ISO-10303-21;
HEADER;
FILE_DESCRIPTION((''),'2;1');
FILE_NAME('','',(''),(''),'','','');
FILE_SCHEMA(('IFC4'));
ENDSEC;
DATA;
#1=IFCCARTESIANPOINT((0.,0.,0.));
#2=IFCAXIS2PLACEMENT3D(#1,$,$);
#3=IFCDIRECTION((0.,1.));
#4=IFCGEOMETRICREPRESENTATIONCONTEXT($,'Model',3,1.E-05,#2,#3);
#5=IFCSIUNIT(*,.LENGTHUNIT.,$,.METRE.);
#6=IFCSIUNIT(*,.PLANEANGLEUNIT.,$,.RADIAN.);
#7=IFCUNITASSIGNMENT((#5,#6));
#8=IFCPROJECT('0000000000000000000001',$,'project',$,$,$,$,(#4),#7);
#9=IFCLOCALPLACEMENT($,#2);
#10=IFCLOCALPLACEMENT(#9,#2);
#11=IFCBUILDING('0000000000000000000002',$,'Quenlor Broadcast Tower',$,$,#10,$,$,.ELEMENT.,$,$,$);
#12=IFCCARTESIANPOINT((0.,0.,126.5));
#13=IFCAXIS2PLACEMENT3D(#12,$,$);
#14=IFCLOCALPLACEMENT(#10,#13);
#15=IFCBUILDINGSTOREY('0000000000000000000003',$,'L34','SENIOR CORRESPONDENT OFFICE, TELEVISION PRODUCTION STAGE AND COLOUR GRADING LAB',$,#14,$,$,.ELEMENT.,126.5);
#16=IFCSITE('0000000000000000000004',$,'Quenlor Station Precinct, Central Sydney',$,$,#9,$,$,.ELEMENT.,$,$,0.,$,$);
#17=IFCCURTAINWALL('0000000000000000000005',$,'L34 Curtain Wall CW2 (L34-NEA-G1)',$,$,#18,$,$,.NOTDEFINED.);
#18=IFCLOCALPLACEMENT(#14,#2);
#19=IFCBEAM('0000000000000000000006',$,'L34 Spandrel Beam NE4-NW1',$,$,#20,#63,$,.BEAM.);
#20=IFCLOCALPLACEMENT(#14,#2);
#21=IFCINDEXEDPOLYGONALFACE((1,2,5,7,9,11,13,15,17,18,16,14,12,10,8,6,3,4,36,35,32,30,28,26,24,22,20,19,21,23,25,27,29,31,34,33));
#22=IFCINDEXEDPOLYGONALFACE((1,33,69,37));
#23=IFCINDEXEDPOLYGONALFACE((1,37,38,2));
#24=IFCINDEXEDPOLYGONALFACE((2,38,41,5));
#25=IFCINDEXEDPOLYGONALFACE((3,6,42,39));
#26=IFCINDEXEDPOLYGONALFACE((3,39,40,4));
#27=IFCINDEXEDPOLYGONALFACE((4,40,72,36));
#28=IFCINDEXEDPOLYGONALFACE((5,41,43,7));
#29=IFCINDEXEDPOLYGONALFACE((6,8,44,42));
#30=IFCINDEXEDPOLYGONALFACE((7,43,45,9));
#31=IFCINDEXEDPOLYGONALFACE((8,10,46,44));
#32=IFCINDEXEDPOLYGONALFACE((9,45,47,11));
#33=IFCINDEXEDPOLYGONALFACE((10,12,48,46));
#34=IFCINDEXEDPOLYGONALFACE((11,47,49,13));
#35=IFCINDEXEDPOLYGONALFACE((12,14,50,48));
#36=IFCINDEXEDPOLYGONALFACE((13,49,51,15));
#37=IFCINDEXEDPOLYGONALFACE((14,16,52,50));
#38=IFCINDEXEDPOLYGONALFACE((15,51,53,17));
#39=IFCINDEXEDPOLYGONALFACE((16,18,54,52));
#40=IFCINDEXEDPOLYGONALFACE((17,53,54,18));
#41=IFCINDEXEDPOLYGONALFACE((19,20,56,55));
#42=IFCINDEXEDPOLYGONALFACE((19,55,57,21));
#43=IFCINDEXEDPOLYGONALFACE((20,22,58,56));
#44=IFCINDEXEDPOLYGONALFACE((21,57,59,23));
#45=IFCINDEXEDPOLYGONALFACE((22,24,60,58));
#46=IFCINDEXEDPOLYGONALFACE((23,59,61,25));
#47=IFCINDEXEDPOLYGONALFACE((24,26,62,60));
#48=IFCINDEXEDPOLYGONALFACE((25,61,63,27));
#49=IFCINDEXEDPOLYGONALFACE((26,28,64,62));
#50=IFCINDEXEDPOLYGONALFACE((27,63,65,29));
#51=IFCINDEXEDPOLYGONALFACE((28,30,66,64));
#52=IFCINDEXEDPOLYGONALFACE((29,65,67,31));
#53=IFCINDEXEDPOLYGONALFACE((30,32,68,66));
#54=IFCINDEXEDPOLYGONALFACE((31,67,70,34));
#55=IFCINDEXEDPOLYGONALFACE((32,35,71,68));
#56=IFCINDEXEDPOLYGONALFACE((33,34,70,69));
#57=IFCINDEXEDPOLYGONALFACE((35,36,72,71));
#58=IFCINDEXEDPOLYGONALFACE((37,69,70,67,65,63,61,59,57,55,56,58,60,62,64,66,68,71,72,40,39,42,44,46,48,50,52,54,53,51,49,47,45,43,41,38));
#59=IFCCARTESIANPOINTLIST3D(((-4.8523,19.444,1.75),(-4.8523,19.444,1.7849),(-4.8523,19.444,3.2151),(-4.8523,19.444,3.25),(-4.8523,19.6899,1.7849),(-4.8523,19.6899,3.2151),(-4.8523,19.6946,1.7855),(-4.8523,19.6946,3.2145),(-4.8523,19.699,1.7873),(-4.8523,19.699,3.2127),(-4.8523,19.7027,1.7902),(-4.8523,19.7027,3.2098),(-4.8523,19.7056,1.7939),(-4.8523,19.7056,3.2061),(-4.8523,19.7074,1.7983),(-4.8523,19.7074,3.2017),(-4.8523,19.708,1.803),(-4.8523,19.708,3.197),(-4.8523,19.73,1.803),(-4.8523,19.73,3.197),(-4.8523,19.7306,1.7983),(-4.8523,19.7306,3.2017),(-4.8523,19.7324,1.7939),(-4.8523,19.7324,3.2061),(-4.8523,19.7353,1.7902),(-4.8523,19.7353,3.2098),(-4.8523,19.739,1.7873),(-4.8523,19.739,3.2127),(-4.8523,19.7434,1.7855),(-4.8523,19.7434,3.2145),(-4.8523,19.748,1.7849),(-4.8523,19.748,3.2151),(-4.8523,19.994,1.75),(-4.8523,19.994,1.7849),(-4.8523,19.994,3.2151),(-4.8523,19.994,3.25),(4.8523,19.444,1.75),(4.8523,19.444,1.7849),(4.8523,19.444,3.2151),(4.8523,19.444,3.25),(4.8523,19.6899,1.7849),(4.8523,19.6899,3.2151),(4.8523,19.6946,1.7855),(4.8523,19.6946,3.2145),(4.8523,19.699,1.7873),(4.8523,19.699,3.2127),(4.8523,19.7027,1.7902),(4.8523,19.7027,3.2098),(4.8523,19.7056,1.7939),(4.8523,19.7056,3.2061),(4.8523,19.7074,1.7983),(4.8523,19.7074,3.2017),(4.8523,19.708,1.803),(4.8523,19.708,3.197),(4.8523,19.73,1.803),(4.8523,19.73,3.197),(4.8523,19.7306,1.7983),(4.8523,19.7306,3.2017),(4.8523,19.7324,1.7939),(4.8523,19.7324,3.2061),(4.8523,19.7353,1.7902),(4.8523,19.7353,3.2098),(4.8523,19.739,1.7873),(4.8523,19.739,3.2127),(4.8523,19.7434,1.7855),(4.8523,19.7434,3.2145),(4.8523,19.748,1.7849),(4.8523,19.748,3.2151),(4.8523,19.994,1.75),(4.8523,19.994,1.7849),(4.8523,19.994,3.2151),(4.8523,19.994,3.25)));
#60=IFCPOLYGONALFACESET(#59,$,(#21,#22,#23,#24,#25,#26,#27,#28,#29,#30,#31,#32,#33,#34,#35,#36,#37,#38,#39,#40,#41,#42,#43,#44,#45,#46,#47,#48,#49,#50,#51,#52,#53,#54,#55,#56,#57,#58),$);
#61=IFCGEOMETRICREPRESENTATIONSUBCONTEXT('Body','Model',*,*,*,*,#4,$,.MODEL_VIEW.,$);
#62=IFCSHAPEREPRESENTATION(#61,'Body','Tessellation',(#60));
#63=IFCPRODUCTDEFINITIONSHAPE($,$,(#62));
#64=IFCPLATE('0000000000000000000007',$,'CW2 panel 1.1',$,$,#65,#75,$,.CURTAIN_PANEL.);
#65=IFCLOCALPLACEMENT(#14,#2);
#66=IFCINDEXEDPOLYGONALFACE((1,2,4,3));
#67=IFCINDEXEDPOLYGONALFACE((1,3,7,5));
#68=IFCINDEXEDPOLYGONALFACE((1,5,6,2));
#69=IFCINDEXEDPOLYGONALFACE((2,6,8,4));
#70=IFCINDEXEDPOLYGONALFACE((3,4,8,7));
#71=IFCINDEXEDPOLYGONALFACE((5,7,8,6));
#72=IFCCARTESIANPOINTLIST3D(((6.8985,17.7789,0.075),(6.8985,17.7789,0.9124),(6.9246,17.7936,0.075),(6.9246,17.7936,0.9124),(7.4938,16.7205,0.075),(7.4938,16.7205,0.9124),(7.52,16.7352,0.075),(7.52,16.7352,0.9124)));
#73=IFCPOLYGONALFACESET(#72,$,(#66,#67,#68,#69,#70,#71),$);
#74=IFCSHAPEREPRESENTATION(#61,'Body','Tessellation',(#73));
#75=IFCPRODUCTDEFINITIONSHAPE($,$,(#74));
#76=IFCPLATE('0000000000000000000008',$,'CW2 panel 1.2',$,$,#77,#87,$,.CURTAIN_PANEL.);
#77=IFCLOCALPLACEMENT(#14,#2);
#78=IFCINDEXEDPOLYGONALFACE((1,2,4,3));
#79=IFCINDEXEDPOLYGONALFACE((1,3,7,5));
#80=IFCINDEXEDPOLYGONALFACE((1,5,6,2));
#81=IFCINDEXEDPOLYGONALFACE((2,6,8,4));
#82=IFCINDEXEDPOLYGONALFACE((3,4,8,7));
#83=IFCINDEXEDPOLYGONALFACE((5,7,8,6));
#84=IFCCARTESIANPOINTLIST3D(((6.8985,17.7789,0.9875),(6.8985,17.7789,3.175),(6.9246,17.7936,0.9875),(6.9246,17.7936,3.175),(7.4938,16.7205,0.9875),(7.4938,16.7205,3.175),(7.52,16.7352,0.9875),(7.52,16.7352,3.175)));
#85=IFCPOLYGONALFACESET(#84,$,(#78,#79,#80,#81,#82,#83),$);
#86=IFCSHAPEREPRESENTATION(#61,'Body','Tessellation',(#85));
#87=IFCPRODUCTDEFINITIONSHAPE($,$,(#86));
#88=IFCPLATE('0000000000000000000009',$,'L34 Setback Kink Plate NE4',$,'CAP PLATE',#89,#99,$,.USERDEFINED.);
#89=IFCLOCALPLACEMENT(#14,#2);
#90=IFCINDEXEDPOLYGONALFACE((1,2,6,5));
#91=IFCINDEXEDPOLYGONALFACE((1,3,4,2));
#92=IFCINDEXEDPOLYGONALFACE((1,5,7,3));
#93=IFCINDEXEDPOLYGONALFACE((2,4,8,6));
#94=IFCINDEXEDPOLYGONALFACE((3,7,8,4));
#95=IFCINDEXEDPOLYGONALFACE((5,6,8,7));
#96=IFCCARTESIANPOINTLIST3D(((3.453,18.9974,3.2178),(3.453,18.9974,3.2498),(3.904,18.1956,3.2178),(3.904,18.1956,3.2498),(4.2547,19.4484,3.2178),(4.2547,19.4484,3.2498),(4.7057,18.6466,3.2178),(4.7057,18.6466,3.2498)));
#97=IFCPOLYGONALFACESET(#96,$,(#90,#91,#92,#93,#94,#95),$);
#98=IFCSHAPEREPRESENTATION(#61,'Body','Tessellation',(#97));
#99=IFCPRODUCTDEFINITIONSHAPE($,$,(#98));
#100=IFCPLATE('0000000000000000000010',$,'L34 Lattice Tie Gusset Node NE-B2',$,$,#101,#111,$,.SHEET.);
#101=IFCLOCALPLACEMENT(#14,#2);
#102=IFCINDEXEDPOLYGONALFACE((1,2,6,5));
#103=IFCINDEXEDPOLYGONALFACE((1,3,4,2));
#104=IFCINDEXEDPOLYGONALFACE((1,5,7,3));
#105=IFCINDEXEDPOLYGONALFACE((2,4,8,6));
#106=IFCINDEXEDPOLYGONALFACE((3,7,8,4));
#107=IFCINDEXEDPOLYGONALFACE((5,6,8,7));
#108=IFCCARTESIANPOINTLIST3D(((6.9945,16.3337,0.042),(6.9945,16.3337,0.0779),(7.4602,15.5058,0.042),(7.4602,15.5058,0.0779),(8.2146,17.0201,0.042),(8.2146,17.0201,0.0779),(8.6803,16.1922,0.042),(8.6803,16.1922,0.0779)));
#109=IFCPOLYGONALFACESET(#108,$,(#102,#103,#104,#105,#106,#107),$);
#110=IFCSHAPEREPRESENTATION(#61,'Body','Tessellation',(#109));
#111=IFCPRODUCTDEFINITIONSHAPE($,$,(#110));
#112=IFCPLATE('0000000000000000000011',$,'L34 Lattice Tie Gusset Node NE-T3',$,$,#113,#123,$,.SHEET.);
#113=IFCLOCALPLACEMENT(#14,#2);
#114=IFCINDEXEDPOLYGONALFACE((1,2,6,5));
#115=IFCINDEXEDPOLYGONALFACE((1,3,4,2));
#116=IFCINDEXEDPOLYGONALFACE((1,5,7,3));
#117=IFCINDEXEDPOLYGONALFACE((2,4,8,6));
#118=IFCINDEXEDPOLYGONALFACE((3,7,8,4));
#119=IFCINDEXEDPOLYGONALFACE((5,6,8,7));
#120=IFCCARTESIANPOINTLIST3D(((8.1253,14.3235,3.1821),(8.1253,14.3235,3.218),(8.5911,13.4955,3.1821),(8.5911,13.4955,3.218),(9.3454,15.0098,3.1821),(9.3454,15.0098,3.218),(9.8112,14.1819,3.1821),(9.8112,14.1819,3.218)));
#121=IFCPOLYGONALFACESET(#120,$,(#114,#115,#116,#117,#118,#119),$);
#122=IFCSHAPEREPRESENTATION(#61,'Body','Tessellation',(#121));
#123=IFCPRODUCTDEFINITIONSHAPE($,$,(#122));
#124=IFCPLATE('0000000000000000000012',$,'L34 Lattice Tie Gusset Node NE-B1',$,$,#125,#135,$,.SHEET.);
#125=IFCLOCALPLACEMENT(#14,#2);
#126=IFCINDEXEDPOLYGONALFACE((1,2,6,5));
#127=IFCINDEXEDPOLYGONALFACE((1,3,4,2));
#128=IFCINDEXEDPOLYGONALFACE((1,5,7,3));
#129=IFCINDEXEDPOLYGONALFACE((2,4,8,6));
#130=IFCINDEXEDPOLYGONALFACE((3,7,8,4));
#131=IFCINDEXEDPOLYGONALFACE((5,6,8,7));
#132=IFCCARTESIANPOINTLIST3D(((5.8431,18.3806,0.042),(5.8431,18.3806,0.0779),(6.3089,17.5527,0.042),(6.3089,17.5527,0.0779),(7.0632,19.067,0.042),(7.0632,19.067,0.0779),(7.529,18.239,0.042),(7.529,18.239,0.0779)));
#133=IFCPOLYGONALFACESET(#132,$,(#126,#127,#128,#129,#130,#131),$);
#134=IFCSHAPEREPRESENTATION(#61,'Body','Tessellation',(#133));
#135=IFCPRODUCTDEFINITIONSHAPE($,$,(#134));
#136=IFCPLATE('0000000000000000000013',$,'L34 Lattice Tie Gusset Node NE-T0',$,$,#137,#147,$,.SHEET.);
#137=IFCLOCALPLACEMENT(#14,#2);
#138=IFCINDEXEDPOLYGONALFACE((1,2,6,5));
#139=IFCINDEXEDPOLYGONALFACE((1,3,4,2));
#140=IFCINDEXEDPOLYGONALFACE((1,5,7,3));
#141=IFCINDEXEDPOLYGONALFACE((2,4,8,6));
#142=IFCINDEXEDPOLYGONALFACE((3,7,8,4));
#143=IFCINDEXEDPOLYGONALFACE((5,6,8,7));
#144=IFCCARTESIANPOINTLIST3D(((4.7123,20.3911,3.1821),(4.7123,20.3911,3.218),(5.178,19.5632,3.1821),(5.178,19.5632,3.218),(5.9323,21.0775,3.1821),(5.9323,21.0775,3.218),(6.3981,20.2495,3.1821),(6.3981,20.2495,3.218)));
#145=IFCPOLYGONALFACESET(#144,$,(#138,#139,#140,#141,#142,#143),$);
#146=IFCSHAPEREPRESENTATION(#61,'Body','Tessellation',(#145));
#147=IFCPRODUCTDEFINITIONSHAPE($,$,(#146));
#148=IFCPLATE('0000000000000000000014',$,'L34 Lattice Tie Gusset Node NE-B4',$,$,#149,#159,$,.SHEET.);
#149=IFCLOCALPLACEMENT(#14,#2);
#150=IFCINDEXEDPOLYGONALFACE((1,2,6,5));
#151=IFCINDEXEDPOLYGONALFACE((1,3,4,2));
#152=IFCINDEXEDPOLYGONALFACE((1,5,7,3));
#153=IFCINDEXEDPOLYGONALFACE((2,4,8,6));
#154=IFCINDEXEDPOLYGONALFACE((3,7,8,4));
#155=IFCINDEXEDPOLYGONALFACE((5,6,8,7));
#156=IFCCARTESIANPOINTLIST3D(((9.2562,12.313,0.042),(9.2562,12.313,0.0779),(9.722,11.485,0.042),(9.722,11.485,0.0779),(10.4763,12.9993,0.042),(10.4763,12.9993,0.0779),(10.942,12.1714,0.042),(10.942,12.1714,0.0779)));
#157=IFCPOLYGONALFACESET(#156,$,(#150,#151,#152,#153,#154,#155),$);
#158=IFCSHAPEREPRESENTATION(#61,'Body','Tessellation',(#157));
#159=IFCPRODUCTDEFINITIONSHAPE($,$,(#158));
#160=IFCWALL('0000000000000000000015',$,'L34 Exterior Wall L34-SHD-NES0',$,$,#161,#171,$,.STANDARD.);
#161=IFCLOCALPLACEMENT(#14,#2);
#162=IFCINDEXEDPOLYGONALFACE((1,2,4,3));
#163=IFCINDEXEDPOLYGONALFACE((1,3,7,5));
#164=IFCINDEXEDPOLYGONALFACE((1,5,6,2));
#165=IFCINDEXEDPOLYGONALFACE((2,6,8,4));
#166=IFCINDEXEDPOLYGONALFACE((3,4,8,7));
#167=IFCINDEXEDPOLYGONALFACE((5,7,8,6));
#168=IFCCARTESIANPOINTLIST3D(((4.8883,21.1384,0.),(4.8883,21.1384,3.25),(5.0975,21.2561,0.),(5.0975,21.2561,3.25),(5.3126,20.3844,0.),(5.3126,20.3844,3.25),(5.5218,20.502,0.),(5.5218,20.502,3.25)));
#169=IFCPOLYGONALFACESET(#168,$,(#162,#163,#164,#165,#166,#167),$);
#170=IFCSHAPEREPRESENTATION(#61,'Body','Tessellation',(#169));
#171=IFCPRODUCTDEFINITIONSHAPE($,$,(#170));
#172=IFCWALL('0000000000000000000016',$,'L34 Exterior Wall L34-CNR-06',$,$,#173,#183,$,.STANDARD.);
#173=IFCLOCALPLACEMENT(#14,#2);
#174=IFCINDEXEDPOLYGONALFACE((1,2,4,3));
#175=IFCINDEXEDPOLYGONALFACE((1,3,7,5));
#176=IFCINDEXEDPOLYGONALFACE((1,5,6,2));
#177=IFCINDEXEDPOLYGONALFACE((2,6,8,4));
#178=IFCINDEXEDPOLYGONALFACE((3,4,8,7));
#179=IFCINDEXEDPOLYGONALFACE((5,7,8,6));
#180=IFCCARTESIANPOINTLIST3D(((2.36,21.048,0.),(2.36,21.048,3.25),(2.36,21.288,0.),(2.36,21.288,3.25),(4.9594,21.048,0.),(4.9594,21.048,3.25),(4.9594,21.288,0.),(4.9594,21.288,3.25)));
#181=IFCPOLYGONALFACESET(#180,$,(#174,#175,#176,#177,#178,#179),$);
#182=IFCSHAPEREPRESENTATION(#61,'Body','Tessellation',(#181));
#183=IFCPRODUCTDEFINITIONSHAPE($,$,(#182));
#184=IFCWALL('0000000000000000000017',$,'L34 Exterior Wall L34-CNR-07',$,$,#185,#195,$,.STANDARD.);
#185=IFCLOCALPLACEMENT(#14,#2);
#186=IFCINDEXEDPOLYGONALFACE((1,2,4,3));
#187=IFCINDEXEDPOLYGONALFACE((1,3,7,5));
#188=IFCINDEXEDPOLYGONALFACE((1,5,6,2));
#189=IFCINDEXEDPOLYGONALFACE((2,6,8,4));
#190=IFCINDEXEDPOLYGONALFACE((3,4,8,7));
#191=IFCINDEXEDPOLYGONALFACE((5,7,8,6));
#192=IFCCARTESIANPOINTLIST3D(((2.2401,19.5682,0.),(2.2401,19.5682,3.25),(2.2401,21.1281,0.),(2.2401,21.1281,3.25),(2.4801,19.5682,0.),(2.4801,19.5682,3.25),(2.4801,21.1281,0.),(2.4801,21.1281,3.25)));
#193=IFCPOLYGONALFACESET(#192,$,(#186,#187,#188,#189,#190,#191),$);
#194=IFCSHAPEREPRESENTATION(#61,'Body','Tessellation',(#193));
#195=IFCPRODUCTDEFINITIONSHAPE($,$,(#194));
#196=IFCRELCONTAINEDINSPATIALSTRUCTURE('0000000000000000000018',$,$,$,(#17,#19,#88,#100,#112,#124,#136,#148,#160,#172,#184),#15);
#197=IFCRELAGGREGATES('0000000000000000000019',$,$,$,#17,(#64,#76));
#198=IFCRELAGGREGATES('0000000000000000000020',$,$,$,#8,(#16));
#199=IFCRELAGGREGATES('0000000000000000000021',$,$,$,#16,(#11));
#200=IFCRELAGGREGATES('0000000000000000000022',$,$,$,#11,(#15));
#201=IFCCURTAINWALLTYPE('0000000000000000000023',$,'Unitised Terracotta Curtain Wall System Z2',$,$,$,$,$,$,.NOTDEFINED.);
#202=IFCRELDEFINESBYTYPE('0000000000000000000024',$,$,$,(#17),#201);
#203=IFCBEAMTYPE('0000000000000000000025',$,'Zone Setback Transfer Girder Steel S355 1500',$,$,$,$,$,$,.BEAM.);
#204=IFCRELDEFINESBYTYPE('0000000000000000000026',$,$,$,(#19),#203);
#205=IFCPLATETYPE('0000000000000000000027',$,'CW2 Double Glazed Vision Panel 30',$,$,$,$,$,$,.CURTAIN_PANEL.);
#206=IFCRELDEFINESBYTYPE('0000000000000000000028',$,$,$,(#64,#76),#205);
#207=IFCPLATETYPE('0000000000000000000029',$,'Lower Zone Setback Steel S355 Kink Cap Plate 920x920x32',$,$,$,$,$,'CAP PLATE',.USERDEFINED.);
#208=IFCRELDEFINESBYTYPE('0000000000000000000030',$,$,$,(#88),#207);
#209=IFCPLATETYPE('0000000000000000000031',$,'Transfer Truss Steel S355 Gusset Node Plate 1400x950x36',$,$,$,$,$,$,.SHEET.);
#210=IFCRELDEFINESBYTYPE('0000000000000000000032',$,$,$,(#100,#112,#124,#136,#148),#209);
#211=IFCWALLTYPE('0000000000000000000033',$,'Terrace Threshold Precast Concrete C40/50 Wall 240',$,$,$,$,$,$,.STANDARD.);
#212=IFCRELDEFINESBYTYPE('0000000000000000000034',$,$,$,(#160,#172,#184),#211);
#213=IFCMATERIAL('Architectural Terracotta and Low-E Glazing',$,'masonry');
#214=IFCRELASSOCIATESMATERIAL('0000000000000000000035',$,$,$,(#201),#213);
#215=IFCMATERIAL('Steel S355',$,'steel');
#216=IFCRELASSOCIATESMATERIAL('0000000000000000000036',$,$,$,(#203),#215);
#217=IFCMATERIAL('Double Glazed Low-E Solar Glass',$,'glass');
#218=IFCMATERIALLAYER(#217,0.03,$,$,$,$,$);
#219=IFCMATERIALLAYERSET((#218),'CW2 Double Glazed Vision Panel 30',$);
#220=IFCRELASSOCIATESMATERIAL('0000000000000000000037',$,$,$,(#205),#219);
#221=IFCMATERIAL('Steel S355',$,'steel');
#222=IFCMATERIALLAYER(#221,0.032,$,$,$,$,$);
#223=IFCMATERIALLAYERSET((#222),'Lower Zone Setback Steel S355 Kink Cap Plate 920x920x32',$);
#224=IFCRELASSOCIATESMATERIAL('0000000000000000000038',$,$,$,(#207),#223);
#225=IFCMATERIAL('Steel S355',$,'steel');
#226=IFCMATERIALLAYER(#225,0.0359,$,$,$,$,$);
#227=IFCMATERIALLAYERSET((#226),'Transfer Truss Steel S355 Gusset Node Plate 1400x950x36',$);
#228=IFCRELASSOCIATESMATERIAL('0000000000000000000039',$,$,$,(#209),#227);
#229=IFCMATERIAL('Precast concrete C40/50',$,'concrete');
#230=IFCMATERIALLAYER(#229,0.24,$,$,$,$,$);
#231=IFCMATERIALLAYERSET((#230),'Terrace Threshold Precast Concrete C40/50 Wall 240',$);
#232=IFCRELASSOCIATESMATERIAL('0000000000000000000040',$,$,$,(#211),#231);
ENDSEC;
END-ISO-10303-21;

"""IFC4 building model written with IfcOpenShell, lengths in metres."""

from ifc_helpers import new_model, si_unit, direction, frame, frame_2d, origin, origin_2d, place, context, subcontext, project, spatial, rectangle, i_section, extrude, material, layer, layer_set, material_profile, profile_set, type_object, element, aggregate, save


model = new_model("IFC4")

# Units and contexts
model_context = context("Model", 3, precision=1e-05, world=origin(), true_north=direction((0.0, 1.0)))
body_context = subcontext(model_context, "Body", "Model", "MODEL_VIEW")
ifc_project = project(units=[si_unit("LENGTHUNIT", "METRE"), si_unit("PLANEANGLEUNIT", "RADIAN")], contexts=[model_context])

# Site, building, storey
site_placement = place(None, origin())
site = spatial("IfcSite", under=ifc_project, at=site_placement, Name="Quenlor Station Precinct, Central Sydney", CompositionType="ELEMENT", RefElevation=0.0)
building_placement = place(site_placement, origin())
building = spatial("IfcBuilding", under=site, at=building_placement, Name="Quenlor Broadcast Tower", CompositionType="ELEMENT")
storey_placement = place(building_placement, frame((0.0, 0.0, 126.5)))
storey = spatial("IfcBuildingStorey", under=building, at=storey_placement, Name="L34", Description="SENIOR CORRESPONDENT OFFICE, TELEVISION PRODUCTION STAGE AND COLOUR GRADING LAB", CompositionType="ELEMENT", Elevation=126.5)

# Curtain wall
ifc_material_1 = material(Name="Architectural Terracotta and Low-E Glazing", Category="masonry")
curtain_wall_type = type_object("IfcCurtainWallType", Name="Unitised Terracotta Curtain Wall System Z2", PredefinedType="NOTDEFINED", material=ifc_material_1)
curtain_wall_1_placement = place(storey_placement, origin())
curtain_wall_1 = element("IfcCurtainWall", 1, at=curtain_wall_1_placement, inside=storey, type_object=curtain_wall_type, Name="L34 Curtain Wall CW2 (L34-NEA-G1)", PredefinedType="NOTDEFINED")

# Beam
ifc_material_2 = material(Name="Steel S355", Category="steel")
ifc_material_profile_1 = material_profile(ifc_material_2, i_section(OverallWidth=0.55, OverallDepth=1.5, WebThickness=0.022, FlangeThickness=0.0349, FilletRadius=0.0181, at=origin_2d()))
ifc_profile_set_1 = profile_set([ifc_material_profile_1], Name="Steel S355 1500TG510")
beam_type_1 = type_object("IfcBeamType", Name="Zone Setback Transfer Girder Steel S355 1500", PredefinedType="BEAM", material=ifc_profile_set_1)
beam_1_placement = place(storey_placement, frame((4.8523, 19.719, 2.5), z_axis=(-1.0, 0.0, 0.0), x_axis=(0.0, -1.0, 0.0)))
element("IfcBeam", 2, at=beam_1_placement, inside=storey, type_object=beam_type_1, Name="L34 Spandrel Beam NE4-NW1", PredefinedType="BEAM", context=body_context, shape_type="SweptSolid", body=[
    extrude(i_section(OverallWidth=0.55, OverallDepth=1.5, WebThickness=0.022, FlangeThickness=0.0349, FilletRadius=0.0181, at=origin_2d()), origin(), (0.0, 0.0, 1.0), 9.7046),
])

# Plates
ifc_material_3 = material(Name="Double Glazed Low-E Solar Glass", Category="glass")
ifc_layer_1 = layer(ifc_material_3, 0.03)
ifc_layer_set_1 = layer_set([ifc_layer_1], Name="CW2 Double Glazed Vision Panel 30")
plate_type_1 = type_object("IfcPlateType", Name="CW2 Double Glazed Vision Panel 30", PredefinedType="CURTAIN_PANEL", material=ifc_layer_set_1)
plate_1_placement = place(storey_placement, frame((7.2092, 17.2571, 0.075), z_axis=(0.0, 0.0, 1.0), x_axis=(0.490247, -0.871583, 0.0)))
plate_1 = element("IfcPlate", 3, at=plate_1_placement, type_object=plate_type_1, Name="CW2 panel 1.1", PredefinedType="CURTAIN_PANEL", context=body_context, shape_type="SweptSolid", body=[
    extrude(rectangle(XDim=1.2144, YDim=0.03, at=origin_2d()), origin(), (0.0, 0.0, 1.0), 0.8374),
])
plate_2_placement = place(storey_placement, frame((7.2092, 17.2571, 0.9875), z_axis=(0.0, 0.0, 1.0), x_axis=(0.490247, -0.871583, 0.0)))
plate_2 = element("IfcPlate", 4, at=plate_2_placement, type_object=plate_type_1, Name="CW2 panel 1.2", PredefinedType="CURTAIN_PANEL", context=body_context, shape_type="SweptSolid", body=[
    extrude(rectangle(XDim=1.2144, YDim=0.03, at=origin_2d()), origin(), (0.0, 0.0, 1.0), 2.1875),
])
aggregate(curtain_wall_1, [plate_1, plate_2])

# Plates
ifc_material_4 = material(Name="Steel S355", Category="steel")
ifc_layer_2 = layer(ifc_material_4, 0.032)
ifc_layer_set_2 = layer_set([ifc_layer_2], Name="Lower Zone Setback Steel S355 Kink Cap Plate 920x920x32")
plate_type_2 = type_object("IfcPlateType", Name="Lower Zone Setback Steel S355 Kink Cap Plate 920x920x32", ElementType="CAP PLATE", PredefinedType="USERDEFINED", material=ifc_layer_set_2)
plate_3_placement = place(storey_placement, frame((4.0793, 18.822, 3.2178), z_axis=(0.0, 0.0, 1.0), x_axis=(0.871575, 0.490262, 0.0)))
element("IfcPlate", 5, at=plate_3_placement, inside=storey, type_object=plate_type_2, Name="L34 Setback Kink Plate NE4", ObjectType="CAP PLATE", PredefinedType="USERDEFINED", context=body_context, shape_type="SweptSolid", body=[
    extrude(rectangle(XDim=0.9199, YDim=0.9199, at=origin_2d()), origin(), (0.0, 0.0, 1.0), 0.032),
])
ifc_material_5 = material(Name="Steel S355", Category="steel")
ifc_layer_3 = layer(ifc_material_5, 0.0359)
ifc_layer_set_3 = layer_set([ifc_layer_3], Name="Transfer Truss Steel S355 Gusset Node Plate 1400x950x36")
plate_type_3 = type_object("IfcPlateType", Name="Transfer Truss Steel S355 Gusset Node Plate 1400x950x36", PredefinedType="SHEET", material=ifc_layer_set_3)
for number, where, z_axis, x_axis, name in (
    (6, (7.8374, 16.2629, 0.042), (0.0, 0.0, 1.0), (0.871556, 0.490295, 0.0), "L34 Lattice Tie Gusset Node NE-B2"),
    (7, (8.9683, 14.2527, 3.1821), (0.0, 0.0, 1.0), (0.871556, 0.490295, 0.0), "L34 Lattice Tie Gusset Node NE-T3"),
    (8, (6.686, 18.3098, 0.042), (0.0, 0.0, 1.0), (0.871556, 0.490295, 0.0), "L34 Lattice Tie Gusset Node NE-B1"),
    (9, (5.5552, 20.3203, 3.1821), (0.0, 0.0, 1.0), (0.871556, 0.490295, 0.0), "L34 Lattice Tie Gusset Node NE-T0"),
    (10, (10.0991, 12.2422, 0.042), (0.0, 0.0, 1.0), (0.871556, 0.490295, 0.0), "L34 Lattice Tie Gusset Node NE-B4"),
):
    element("IfcPlate", number, at=place(storey_placement, frame(where, z_axis=z_axis, x_axis=x_axis)), inside=storey, type_object=plate_type_3, Name=name, PredefinedType="SHEET", context=body_context, shape_type="SweptSolid", body=[
        extrude(rectangle(XDim=1.3999, YDim=0.95, at=origin_2d()), origin(), (0.0, 0.0, 1.0), 0.0359),
    ])

# Walls
ifc_material_6 = material(Name="Precast concrete C40/50", Category="concrete")
ifc_layer_4 = layer(ifc_material_6, 0.24)
ifc_layer_set_4 = layer_set([ifc_layer_4], Name="Terrace Threshold Precast Concrete C40/50 Wall 240")
wall_type_1 = type_object("IfcWallType", Name="Terrace Threshold Precast Concrete C40/50 Wall 240", PredefinedType="STANDARD", material=ifc_layer_set_4)
wall_1_placement = place(storey_placement, frame((4.9929, 21.1973, 0.0), z_axis=(0.0, 0.0, 1.0), x_axis=(0.490355, -0.871523, 0.0)))
element("IfcWall", 11, at=wall_1_placement, inside=storey, type_object=wall_type_1, Name="L34 Exterior Wall L34-SHD-NES0", PredefinedType="STANDARD", context=body_context, shape_type="SweptSolid", body=[
    extrude(rectangle(XDim=0.8652, YDim=0.24, at=frame_2d((0.4326, 0.0))), origin(), (0.0, 0.0, 1.0), 3.25),
])
wall_2_placement = place(storey_placement, frame((4.9595, 21.168, 0.0), z_axis=(0.0, 0.0, 1.0), x_axis=(-1.0, 0.0, 0.0)))
element("IfcWall", 12, at=wall_2_placement, inside=storey, type_object=wall_type_1, Name="L34 Exterior Wall L34-CNR-06", PredefinedType="STANDARD", context=body_context, shape_type="SweptSolid", body=[
    extrude(rectangle(XDim=2.5994, YDim=0.24, at=frame_2d((1.2998, 0.0))), origin(), (0.0, 0.0, 1.0), 3.25),
])
wall_3_placement = place(storey_placement, frame((2.3601, 21.1279, 0.0), z_axis=(0.0, 0.0, 1.0), x_axis=(0.0, -1.0, 0.0)))
element("IfcWall", 13, at=wall_3_placement, inside=storey, type_object=wall_type_1, Name="L34 Exterior Wall L34-CNR-07", PredefinedType="STANDARD", context=body_context, shape_type="SweptSolid", body=[
    extrude(rectangle(XDim=1.5598, YDim=0.24, at=frame_2d((0.7798, 0.0))), origin(), (0.0, 0.0, 1.0), 3.25),
])

save(model, "model.ifc")
